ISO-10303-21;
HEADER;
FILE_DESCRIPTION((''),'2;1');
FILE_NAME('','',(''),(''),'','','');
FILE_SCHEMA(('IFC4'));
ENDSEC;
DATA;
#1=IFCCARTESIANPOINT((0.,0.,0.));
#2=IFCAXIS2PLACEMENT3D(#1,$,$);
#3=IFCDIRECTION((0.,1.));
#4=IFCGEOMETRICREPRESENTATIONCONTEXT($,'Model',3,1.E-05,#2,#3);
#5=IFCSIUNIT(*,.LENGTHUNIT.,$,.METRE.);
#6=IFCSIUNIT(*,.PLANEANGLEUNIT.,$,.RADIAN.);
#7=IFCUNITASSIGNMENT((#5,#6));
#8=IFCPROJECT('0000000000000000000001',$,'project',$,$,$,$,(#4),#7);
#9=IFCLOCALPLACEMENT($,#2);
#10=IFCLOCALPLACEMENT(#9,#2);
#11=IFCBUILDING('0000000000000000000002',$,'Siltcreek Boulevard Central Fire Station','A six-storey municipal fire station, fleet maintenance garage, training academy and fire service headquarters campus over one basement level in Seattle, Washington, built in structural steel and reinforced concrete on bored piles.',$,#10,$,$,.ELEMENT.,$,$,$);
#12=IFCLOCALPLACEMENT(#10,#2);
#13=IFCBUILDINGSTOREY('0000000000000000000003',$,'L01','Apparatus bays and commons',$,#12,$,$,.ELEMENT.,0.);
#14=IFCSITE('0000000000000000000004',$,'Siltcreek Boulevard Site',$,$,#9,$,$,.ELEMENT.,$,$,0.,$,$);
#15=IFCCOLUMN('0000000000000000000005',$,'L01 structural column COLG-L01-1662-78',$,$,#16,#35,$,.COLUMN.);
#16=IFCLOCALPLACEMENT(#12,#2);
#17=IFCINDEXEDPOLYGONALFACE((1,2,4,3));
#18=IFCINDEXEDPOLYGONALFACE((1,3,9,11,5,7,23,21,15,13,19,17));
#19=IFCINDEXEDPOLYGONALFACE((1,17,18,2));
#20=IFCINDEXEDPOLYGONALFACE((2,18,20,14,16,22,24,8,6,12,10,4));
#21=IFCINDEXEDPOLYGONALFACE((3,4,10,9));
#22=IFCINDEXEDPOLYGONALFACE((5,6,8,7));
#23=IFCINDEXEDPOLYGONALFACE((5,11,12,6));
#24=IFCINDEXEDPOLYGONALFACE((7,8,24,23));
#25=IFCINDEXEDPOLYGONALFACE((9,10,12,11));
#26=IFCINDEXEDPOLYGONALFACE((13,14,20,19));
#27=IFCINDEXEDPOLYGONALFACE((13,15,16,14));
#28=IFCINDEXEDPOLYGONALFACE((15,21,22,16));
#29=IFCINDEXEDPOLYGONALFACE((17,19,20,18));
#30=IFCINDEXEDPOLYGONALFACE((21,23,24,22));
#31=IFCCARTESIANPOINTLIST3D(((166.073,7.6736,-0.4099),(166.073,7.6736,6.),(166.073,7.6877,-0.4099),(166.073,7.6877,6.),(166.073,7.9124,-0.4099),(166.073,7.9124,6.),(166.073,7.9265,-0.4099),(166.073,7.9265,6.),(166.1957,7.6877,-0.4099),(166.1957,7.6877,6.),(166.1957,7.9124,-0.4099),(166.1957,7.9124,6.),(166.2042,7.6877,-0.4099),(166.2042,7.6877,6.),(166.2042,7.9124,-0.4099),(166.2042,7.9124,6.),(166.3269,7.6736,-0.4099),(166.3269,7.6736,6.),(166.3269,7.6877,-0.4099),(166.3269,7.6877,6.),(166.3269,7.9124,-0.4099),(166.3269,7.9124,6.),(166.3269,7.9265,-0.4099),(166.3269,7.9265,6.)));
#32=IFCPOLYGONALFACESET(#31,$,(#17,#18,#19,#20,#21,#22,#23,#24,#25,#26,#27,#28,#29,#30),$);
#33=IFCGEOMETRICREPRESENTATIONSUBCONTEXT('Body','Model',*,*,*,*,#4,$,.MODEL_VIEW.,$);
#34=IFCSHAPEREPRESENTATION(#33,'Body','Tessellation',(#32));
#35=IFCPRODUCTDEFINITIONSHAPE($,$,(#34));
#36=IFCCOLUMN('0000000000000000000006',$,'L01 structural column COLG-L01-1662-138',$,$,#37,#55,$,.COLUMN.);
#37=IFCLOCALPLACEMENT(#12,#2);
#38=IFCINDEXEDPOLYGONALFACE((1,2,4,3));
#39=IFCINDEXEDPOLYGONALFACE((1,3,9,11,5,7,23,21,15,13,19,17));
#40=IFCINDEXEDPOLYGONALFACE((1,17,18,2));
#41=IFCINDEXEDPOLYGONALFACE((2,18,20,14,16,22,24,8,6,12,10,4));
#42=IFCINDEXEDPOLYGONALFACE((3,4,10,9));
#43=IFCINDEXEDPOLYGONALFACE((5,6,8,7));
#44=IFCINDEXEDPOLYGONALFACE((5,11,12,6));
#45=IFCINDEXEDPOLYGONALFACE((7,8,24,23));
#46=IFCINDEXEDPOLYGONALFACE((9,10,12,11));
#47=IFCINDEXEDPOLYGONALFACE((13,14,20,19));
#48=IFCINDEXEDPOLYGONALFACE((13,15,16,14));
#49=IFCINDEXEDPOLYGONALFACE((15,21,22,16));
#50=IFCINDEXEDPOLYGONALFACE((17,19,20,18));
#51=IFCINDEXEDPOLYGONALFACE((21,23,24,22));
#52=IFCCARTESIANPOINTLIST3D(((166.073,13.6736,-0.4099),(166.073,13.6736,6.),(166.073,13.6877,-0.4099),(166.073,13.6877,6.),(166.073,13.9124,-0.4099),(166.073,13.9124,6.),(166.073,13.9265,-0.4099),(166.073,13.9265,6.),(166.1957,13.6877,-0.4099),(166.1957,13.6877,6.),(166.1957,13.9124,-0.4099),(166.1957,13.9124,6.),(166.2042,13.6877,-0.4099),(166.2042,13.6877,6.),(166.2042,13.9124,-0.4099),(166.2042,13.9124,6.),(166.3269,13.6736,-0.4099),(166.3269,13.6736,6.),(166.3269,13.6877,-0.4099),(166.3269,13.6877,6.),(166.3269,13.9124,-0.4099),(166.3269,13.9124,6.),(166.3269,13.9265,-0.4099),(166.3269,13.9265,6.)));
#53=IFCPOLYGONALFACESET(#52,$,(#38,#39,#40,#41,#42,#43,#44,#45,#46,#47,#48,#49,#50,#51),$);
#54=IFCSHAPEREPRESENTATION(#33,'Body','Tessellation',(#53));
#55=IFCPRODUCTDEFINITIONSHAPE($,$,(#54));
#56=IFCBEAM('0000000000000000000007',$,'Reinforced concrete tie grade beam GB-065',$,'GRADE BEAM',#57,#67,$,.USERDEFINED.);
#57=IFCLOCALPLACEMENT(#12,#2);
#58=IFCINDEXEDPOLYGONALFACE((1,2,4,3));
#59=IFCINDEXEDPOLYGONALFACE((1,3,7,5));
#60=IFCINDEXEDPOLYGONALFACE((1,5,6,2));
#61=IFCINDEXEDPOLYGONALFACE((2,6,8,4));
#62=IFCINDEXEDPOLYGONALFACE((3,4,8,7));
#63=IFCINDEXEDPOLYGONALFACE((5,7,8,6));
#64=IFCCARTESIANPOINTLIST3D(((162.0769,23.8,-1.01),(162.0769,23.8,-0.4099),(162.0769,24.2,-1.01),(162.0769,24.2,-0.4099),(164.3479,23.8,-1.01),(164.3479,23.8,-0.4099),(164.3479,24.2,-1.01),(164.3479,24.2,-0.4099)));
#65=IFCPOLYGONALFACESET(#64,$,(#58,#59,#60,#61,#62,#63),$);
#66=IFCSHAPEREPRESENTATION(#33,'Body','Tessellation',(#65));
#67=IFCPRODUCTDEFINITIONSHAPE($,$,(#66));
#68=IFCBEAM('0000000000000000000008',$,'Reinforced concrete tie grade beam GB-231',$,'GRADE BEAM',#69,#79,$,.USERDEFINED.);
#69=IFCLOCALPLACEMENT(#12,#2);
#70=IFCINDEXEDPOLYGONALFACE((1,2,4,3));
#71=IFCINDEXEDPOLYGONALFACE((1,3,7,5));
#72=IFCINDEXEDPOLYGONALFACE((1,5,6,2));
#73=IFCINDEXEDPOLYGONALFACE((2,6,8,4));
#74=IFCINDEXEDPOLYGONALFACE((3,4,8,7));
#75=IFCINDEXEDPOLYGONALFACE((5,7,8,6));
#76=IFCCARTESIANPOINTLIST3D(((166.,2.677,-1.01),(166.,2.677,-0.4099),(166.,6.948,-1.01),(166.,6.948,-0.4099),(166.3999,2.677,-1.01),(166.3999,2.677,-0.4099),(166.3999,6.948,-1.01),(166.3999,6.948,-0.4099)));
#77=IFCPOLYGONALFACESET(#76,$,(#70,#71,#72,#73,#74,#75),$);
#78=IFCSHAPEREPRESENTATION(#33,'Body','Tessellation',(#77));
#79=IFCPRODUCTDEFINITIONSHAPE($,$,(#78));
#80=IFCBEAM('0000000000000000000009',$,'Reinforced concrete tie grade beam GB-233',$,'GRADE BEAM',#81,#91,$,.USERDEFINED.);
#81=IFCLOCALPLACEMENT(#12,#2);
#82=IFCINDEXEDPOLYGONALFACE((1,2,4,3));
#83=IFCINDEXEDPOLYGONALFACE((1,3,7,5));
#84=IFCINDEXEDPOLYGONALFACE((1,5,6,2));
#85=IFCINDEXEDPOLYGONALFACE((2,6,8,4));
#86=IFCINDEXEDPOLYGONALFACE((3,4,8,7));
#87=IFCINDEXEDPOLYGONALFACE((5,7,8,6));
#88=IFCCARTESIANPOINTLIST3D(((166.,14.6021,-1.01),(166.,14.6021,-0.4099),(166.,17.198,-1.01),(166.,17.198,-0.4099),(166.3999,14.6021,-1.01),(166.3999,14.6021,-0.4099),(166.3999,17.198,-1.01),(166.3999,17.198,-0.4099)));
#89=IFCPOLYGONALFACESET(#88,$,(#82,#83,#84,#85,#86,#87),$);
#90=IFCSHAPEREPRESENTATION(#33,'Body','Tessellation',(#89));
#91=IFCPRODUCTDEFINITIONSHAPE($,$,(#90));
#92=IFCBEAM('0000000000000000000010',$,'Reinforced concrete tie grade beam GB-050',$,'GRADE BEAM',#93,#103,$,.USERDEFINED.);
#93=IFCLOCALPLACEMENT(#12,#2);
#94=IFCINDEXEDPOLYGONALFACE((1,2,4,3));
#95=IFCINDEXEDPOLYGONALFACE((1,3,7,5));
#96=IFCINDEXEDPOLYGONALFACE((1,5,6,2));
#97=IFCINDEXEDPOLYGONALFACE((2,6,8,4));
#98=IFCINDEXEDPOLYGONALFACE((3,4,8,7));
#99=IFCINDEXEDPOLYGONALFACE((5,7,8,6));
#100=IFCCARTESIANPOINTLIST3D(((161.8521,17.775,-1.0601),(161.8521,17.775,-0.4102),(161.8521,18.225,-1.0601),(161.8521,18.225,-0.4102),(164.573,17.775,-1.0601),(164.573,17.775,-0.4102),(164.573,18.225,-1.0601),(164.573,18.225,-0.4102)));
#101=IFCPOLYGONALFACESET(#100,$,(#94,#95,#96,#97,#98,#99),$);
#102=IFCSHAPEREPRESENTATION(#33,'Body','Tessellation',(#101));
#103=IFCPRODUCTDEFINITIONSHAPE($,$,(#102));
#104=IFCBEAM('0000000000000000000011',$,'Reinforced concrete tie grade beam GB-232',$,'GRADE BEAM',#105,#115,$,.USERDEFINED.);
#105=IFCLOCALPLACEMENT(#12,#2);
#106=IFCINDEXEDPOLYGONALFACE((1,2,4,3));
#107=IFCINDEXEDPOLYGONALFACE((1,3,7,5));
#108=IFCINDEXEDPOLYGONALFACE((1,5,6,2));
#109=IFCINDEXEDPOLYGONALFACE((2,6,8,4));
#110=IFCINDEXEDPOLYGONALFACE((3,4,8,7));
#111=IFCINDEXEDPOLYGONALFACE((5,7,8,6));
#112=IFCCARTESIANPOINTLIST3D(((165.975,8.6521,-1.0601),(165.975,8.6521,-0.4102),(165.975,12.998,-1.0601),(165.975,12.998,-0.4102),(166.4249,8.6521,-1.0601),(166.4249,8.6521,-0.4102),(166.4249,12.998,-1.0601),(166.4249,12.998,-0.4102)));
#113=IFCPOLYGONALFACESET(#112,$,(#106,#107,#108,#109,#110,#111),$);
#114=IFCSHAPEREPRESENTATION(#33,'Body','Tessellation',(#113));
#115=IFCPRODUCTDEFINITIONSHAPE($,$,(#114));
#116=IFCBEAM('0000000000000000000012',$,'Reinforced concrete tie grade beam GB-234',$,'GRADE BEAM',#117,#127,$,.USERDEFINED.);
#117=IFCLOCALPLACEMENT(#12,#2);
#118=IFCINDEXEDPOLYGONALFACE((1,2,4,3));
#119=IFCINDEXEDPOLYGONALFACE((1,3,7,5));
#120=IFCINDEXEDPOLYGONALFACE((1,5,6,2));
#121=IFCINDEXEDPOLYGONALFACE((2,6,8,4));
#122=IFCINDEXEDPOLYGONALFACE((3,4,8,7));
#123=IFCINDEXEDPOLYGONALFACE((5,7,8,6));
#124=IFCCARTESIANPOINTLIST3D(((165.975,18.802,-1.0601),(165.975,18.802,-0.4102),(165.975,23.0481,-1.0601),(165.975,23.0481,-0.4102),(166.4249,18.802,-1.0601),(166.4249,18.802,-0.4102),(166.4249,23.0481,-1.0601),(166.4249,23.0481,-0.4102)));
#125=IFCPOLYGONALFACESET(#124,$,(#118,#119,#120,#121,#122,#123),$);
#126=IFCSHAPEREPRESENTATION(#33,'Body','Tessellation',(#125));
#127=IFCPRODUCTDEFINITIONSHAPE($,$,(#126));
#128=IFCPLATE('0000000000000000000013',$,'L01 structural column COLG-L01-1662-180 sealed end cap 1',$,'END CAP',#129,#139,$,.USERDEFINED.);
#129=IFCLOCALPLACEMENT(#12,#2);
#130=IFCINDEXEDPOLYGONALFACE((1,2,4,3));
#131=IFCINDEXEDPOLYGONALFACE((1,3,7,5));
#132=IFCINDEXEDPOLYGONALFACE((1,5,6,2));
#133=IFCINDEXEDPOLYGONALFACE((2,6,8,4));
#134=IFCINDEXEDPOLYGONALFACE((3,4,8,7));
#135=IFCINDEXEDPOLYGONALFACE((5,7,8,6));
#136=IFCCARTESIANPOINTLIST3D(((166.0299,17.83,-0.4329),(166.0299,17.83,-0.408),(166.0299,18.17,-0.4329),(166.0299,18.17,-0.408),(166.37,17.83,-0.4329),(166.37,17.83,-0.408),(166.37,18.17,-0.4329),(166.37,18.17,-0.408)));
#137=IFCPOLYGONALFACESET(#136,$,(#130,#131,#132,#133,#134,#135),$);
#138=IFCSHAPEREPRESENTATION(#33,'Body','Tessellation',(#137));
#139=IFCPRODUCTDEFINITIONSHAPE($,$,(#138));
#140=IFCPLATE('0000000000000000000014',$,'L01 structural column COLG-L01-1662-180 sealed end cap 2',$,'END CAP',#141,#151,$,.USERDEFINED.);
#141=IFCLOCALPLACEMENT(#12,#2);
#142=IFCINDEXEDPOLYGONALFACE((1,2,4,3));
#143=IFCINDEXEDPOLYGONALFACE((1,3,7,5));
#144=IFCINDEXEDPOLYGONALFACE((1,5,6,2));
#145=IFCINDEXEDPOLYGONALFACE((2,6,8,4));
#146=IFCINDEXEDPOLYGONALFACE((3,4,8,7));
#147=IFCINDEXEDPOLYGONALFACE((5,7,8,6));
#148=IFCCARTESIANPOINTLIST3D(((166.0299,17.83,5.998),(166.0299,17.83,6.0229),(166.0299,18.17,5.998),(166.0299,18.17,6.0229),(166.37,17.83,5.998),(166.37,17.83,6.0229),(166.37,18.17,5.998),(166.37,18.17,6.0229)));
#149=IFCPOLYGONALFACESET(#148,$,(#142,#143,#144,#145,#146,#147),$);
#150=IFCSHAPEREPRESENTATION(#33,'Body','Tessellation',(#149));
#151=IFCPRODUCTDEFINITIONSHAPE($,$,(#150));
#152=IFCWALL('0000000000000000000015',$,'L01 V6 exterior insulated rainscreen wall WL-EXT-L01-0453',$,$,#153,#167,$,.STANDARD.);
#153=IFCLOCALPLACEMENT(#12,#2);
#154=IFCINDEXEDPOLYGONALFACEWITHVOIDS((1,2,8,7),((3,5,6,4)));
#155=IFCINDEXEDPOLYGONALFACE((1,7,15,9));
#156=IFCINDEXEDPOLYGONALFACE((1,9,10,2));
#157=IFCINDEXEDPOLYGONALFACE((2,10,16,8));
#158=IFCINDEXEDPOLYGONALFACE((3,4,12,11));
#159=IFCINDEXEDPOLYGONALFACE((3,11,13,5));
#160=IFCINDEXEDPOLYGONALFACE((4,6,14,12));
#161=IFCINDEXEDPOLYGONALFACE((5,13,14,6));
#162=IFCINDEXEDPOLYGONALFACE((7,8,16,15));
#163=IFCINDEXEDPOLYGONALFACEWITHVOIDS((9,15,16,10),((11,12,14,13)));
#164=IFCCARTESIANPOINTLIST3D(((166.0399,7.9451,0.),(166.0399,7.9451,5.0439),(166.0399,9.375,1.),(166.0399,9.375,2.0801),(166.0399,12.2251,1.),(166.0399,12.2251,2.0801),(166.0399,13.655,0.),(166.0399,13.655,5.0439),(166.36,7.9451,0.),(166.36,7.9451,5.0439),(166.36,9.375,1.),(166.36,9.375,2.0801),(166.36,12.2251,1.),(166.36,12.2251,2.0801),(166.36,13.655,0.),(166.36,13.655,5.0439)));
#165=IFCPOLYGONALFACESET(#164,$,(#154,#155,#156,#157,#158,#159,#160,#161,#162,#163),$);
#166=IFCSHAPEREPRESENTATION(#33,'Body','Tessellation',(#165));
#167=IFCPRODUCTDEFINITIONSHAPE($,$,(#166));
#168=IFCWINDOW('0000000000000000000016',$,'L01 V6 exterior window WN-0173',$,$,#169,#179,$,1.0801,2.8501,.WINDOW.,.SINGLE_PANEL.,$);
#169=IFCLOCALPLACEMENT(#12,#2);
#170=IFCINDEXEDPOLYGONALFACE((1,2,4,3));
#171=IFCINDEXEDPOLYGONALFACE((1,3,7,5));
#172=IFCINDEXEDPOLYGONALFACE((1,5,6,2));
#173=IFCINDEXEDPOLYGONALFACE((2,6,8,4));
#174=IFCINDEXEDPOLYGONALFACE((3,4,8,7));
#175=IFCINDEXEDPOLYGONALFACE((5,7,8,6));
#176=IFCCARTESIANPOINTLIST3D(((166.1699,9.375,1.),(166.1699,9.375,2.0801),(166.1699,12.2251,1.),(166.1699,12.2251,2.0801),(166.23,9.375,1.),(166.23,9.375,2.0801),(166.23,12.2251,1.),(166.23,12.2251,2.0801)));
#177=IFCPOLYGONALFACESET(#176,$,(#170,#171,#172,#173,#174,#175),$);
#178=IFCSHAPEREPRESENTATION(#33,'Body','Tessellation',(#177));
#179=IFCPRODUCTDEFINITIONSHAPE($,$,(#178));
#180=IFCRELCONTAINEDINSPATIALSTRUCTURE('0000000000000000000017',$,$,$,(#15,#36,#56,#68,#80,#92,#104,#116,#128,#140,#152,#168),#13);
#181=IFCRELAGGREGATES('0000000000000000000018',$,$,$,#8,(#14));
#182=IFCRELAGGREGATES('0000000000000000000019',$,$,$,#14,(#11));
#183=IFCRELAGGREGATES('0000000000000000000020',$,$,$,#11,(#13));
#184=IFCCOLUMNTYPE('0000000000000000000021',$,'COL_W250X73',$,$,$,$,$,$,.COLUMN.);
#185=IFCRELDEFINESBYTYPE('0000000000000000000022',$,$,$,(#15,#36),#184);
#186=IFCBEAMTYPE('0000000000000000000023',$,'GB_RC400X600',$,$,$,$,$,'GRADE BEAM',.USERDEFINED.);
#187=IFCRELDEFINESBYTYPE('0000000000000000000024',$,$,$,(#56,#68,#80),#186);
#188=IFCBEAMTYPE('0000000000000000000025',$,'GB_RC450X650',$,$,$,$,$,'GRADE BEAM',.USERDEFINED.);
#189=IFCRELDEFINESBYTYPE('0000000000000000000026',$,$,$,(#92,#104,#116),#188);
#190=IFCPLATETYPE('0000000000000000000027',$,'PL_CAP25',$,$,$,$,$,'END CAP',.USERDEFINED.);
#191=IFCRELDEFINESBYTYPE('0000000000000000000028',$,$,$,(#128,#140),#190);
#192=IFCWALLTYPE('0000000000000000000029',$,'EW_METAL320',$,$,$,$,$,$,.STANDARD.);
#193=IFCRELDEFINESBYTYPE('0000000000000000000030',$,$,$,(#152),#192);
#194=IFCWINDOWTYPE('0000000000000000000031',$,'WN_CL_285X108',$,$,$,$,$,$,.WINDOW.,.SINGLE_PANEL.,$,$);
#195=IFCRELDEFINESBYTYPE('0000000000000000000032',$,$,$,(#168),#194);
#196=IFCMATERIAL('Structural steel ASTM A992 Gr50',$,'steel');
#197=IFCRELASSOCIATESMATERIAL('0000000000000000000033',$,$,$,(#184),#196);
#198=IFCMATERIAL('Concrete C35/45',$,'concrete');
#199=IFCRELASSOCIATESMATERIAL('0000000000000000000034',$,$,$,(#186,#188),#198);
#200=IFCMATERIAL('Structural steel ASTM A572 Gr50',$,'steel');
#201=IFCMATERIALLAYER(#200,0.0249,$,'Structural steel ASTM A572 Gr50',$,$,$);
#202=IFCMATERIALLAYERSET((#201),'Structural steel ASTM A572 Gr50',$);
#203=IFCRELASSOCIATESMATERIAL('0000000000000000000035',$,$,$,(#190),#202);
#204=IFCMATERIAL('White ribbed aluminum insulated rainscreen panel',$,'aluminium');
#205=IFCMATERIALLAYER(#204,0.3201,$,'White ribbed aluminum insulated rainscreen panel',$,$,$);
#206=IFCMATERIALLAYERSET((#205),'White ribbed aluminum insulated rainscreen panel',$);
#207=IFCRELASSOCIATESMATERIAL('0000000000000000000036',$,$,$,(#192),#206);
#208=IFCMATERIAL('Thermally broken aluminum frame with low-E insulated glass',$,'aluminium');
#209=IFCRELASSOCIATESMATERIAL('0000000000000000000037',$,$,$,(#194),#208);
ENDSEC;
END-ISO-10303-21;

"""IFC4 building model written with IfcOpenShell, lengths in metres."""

from ifc_helpers import new_model, si_unit, direction, frame, frame_2d, origin, origin_2d, place, context, subcontext, project, spatial, rectangle, i_section, extrude, material, layer, layer_set, material_profile, profile_set, type_object, element, fill, save


model = new_model("IFC4")

# Units and contexts
model_context = context("Model", 3, precision=1e-05, world=origin(), true_north=direction((0.0, 1.0)))
body_context = subcontext(model_context, "Body", "Model", "MODEL_VIEW")
ifc_project = project(units=[si_unit("LENGTHUNIT", "METRE"), si_unit("PLANEANGLEUNIT", "RADIAN")], contexts=[model_context])

# Site, building, storey
site_placement = place(None, origin())
site = spatial("IfcSite", under=ifc_project, at=site_placement, Name="Siltcreek Boulevard Site", CompositionType="ELEMENT", RefElevation=0.0)
building_placement = place(site_placement, origin())
building = spatial("IfcBuilding", under=site, at=building_placement, Name="Siltcreek Boulevard Central Fire Station", Description="A six-storey municipal fire station, fleet maintenance garage, training academy and fire service headquarters campus over one basement level in Seattle, Washington, built in structural steel and reinforced concrete on bored piles.", CompositionType="ELEMENT")
storey_placement = place(building_placement, origin())
storey = spatial("IfcBuildingStorey", under=building, at=storey_placement, Name="L01", Description="Apparatus bays and commons", CompositionType="ELEMENT", Elevation=0.0)

# Shared definitions
ifc_material_1 = material(Name="Concrete C35/45", Category="concrete")

# Columns
ifc_material_2 = material(Name="Structural steel ASTM A992 Gr50", Category="steel")
ifc_material_profile_1 = material_profile(ifc_material_2, i_section(OverallWidth=0.2539, OverallDepth=0.2529, WebThickness=0.0085, FlangeThickness=0.0142, at=origin_2d()), Name="W250X73")
ifc_profile_set_1 = profile_set([ifc_material_profile_1], Name="Structural steel ASTM A992 Gr50")
column_type_1 = type_object("IfcColumnType", Name="COL_W250X73", PredefinedType="COLUMN", material=ifc_profile_set_1)
for number, where, z_axis, x_axis, name in (
    (1, (166.2, 7.8, -0.4099), (0.0, 0.0, 1.0), (1.0, 0.0, 0.0), "L01 structural column COLG-L01-1662-78"),
    (2, (166.2, 13.8, -0.4099), (0.0, 0.0, 1.0), (1.0, 0.0, 0.0), "L01 structural column COLG-L01-1662-138"),
):
    element("IfcColumn", number, at=place(storey_placement, frame(where, z_axis=z_axis, x_axis=x_axis)), inside=storey, type_object=column_type_1, Name=name, PredefinedType="COLUMN", context=body_context, shape_type="SweptSolid", body=[
        extrude(i_section(OverallWidth=0.2539, OverallDepth=0.2529, WebThickness=0.0085, FlangeThickness=0.0142, at=origin_2d()), origin(), (0.0, 0.0, 1.0), 6.4099),
    ])

# Beams
ifc_material_profile_2 = material_profile(ifc_material_1, rectangle(XDim=0.3999, YDim=0.6001, at=origin_2d()), Name="RC400X600")
ifc_profile_set_2 = profile_set([ifc_material_profile_2], Name="Concrete C35/45")
beam_type_1 = type_object("IfcBeamType", Name="GB_RC400X600", ElementType="GRADE BEAM", PredefinedType="USERDEFINED", material=ifc_profile_set_2)
beam_1_placement = place(storey_placement, frame((162.0769, 24.0, -0.71), z_axis=(1.0, 0.0, 0.0), x_axis=(0.0, 1.0, 0.0)))
element("IfcBeam", 3, at=beam_1_placement, inside=storey, type_object=beam_type_1, Name="Reinforced concrete tie grade beam GB-065", ObjectType="GRADE BEAM", PredefinedType="USERDEFINED", context=body_context, shape_type="SweptSolid", body=[
    extrude(rectangle(XDim=0.3999, YDim=0.6001, at=origin_2d()), origin(), (0.0, 0.0, 1.0), 2.271),
])
beam_2_placement = place(storey_placement, frame((166.2, 2.677, -0.71), z_axis=(0.0, 1.0, 0.0), x_axis=(-1.0, 0.0, 0.0)))
element("IfcBeam", 4, at=beam_2_placement, inside=storey, type_object=beam_type_1, Name="Reinforced concrete tie grade beam GB-231", ObjectType="GRADE BEAM", PredefinedType="USERDEFINED", context=body_context, shape_type="SweptSolid", body=[
    extrude(rectangle(XDim=0.3999, YDim=0.6001, at=origin_2d()), origin(), (0.0, 0.0, 1.0), 4.271),
])
beam_3_placement = place(storey_placement, frame((166.2, 14.6021, -0.71), z_axis=(0.0, 1.0, 0.0), x_axis=(-1.0, 0.0, 0.0)))
element("IfcBeam", 5, at=beam_3_placement, inside=storey, type_object=beam_type_1, Name="Reinforced concrete tie grade beam GB-233", ObjectType="GRADE BEAM", PredefinedType="USERDEFINED", context=body_context, shape_type="SweptSolid", body=[
    extrude(rectangle(XDim=0.3999, YDim=0.6001, at=origin_2d()), origin(), (0.0, 0.0, 1.0), 2.5959),
])
ifc_material_profile_3 = material_profile(ifc_material_1, rectangle(XDim=0.45, YDim=0.6499, at=origin_2d()), Name="RC450X650")
ifc_profile_set_3 = profile_set([ifc_material_profile_3], Name="Concrete C35/45")
beam_type_2 = type_object("IfcBeamType", Name="GB_RC450X650", ElementType="GRADE BEAM", PredefinedType="USERDEFINED", material=ifc_profile_set_3)
beam_4_placement = place(storey_placement, frame((161.8521, 18.0, -0.7351), z_axis=(1.0, 0.0, 0.0), x_axis=(0.0, 1.0, 0.0)))
element("IfcBeam", 6, at=beam_4_placement, inside=storey, type_object=beam_type_2, Name="Reinforced concrete tie grade beam GB-050", ObjectType="GRADE BEAM", PredefinedType="USERDEFINED", context=body_context, shape_type="SweptSolid", body=[
    extrude(rectangle(XDim=0.45, YDim=0.6499, at=origin_2d()), origin(), (0.0, 0.0, 1.0), 2.7209),
])
beam_5_placement = place(storey_placement, frame((166.2, 8.6521, -0.7351), z_axis=(0.0, 1.0, 0.0), x_axis=(-1.0, 0.0, 0.0)))
element("IfcBeam", 7, at=beam_5_placement, inside=storey, type_object=beam_type_2, Name="Reinforced concrete tie grade beam GB-232", ObjectType="GRADE BEAM", PredefinedType="USERDEFINED", context=body_context, shape_type="SweptSolid", body=[
    extrude(rectangle(XDim=0.45, YDim=0.6499, at=origin_2d()), origin(), (0.0, 0.0, 1.0), 4.3459),
])
beam_6_placement = place(storey_placement, frame((166.2, 18.802, -0.7351), z_axis=(0.0, 1.0, 0.0), x_axis=(-1.0, 0.0, 0.0)))
element("IfcBeam", 8, at=beam_6_placement, inside=storey, type_object=beam_type_2, Name="Reinforced concrete tie grade beam GB-234", ObjectType="GRADE BEAM", PredefinedType="USERDEFINED", context=body_context, shape_type="SweptSolid", body=[
    extrude(rectangle(XDim=0.45, YDim=0.6499, at=origin_2d()), origin(), (0.0, 0.0, 1.0), 4.2461),
])

# Plates
ifc_material_3 = material(Name="Structural steel ASTM A572 Gr50", Category="steel")
ifc_layer_1 = layer(ifc_material_3, 0.0249, Name="Structural steel ASTM A572 Gr50")
ifc_layer_set_1 = layer_set([ifc_layer_1], Name="Structural steel ASTM A572 Gr50")
plate_type = type_object("IfcPlateType", Name="PL_CAP25", ElementType="END CAP", PredefinedType="USERDEFINED", material=ifc_layer_set_1)
for number, where, z_axis, x_axis, name in (
    (9, (166.2, 18.0, -0.4329), (0.0, 0.0, 1.0), (1.0, 0.0, 0.0), "L01 structural column COLG-L01-1662-180 sealed end cap 1"),
    (10, (166.2, 18.0, 5.998), (0.0, 0.0, 1.0), (1.0, 0.0, 0.0), "L01 structural column COLG-L01-1662-180 sealed end cap 2"),
):
    element("IfcPlate", number, at=place(storey_placement, frame(where, z_axis=z_axis, x_axis=x_axis)), inside=storey, type_object=plate_type, Name=name, ObjectType="END CAP", PredefinedType="USERDEFINED", context=body_context, shape_type="SweptSolid", body=[
        extrude(rectangle(XDim=0.3401, YDim=0.3401, at=origin_2d()), origin(), (0.0, 0.0, 1.0), 0.0249),
    ])

# Wall, opening, window
ifc_material_4 = material(Name="White ribbed aluminum insulated rainscreen panel", Category="aluminium")
ifc_layer_2 = layer(ifc_material_4, 0.3201, Name="White ribbed aluminum insulated rainscreen panel")
ifc_layer_set_2 = layer_set([ifc_layer_2], Name="White ribbed aluminum insulated rainscreen panel")
wall_type_1 = type_object("IfcWallType", Name="EW_METAL320", PredefinedType="STANDARD", material=ifc_layer_set_2)
wall_1_placement = place(storey_placement, frame((166.2, 7.9451, 0.0), z_axis=(0.0, 0.0, 1.0), x_axis=(0.0, 1.0, 0.0)))
wall_1 = element("IfcWall", 11, at=wall_1_placement, inside=storey, type_object=wall_type_1, Name="L01 V6 exterior insulated rainscreen wall WL-EXT-L01-0453", PredefinedType="STANDARD", context=body_context, shape_type="SweptSolid", body=[
    extrude(rectangle(XDim=5.71, YDim=0.3201, at=frame_2d((2.855, 0.0))), origin(), (0.0, 0.0, 1.0), 5.0439),
])
opening_1_placement = place(wall_1_placement, frame((1.4299, 0.0, 1.0)))
opening_1 = element("IfcOpeningElement", 12, at=opening_1_placement, cuts=wall_1, PredefinedType="OPENING", context=body_context, shape_type="SweptSolid", body=[
    extrude(rectangle(XDim=2.8501, YDim=1.0801, at=frame_2d((1.425, 0.54))), frame((0.0, 0.1699, 0.0), z_axis=(0.0, -1.0, 0.0), x_axis=(1.0, 0.0, 0.0)), (0.0, 0.0, 1.0), 0.3401),
])
ifc_material_5 = material(Name="Thermally broken aluminum frame with low-E insulated glass", Category="aluminium")
window_type_1 = type_object("IfcWindowType", Name="WN_CL_285X108", PartitioningType="SINGLE_PANEL", PredefinedType="WINDOW", material=ifc_material_5)
window_1_placement = place(opening_1_placement, origin())
window_1 = element("IfcWindow", 13, at=window_1_placement, inside=storey, type_object=window_type_1, Name="L01 V6 exterior window WN-0173", OverallHeight=1.0801, OverallWidth=2.8501, PartitioningType="SINGLE_PANEL", PredefinedType="WINDOW", context=body_context, shape_type="SweptSolid", body=[
    extrude(rectangle(XDim=2.8501, YDim=1.0801, at=frame_2d((1.425, 0.54))), frame((0.0, 0.03, 0.0), z_axis=(0.0, -1.0, 0.0), x_axis=(1.0, 0.0, 0.0)), (0.0, 0.0, 1.0), 0.0601),
])
fill(opening_1, window_1)

save(model, "model.ifc")
